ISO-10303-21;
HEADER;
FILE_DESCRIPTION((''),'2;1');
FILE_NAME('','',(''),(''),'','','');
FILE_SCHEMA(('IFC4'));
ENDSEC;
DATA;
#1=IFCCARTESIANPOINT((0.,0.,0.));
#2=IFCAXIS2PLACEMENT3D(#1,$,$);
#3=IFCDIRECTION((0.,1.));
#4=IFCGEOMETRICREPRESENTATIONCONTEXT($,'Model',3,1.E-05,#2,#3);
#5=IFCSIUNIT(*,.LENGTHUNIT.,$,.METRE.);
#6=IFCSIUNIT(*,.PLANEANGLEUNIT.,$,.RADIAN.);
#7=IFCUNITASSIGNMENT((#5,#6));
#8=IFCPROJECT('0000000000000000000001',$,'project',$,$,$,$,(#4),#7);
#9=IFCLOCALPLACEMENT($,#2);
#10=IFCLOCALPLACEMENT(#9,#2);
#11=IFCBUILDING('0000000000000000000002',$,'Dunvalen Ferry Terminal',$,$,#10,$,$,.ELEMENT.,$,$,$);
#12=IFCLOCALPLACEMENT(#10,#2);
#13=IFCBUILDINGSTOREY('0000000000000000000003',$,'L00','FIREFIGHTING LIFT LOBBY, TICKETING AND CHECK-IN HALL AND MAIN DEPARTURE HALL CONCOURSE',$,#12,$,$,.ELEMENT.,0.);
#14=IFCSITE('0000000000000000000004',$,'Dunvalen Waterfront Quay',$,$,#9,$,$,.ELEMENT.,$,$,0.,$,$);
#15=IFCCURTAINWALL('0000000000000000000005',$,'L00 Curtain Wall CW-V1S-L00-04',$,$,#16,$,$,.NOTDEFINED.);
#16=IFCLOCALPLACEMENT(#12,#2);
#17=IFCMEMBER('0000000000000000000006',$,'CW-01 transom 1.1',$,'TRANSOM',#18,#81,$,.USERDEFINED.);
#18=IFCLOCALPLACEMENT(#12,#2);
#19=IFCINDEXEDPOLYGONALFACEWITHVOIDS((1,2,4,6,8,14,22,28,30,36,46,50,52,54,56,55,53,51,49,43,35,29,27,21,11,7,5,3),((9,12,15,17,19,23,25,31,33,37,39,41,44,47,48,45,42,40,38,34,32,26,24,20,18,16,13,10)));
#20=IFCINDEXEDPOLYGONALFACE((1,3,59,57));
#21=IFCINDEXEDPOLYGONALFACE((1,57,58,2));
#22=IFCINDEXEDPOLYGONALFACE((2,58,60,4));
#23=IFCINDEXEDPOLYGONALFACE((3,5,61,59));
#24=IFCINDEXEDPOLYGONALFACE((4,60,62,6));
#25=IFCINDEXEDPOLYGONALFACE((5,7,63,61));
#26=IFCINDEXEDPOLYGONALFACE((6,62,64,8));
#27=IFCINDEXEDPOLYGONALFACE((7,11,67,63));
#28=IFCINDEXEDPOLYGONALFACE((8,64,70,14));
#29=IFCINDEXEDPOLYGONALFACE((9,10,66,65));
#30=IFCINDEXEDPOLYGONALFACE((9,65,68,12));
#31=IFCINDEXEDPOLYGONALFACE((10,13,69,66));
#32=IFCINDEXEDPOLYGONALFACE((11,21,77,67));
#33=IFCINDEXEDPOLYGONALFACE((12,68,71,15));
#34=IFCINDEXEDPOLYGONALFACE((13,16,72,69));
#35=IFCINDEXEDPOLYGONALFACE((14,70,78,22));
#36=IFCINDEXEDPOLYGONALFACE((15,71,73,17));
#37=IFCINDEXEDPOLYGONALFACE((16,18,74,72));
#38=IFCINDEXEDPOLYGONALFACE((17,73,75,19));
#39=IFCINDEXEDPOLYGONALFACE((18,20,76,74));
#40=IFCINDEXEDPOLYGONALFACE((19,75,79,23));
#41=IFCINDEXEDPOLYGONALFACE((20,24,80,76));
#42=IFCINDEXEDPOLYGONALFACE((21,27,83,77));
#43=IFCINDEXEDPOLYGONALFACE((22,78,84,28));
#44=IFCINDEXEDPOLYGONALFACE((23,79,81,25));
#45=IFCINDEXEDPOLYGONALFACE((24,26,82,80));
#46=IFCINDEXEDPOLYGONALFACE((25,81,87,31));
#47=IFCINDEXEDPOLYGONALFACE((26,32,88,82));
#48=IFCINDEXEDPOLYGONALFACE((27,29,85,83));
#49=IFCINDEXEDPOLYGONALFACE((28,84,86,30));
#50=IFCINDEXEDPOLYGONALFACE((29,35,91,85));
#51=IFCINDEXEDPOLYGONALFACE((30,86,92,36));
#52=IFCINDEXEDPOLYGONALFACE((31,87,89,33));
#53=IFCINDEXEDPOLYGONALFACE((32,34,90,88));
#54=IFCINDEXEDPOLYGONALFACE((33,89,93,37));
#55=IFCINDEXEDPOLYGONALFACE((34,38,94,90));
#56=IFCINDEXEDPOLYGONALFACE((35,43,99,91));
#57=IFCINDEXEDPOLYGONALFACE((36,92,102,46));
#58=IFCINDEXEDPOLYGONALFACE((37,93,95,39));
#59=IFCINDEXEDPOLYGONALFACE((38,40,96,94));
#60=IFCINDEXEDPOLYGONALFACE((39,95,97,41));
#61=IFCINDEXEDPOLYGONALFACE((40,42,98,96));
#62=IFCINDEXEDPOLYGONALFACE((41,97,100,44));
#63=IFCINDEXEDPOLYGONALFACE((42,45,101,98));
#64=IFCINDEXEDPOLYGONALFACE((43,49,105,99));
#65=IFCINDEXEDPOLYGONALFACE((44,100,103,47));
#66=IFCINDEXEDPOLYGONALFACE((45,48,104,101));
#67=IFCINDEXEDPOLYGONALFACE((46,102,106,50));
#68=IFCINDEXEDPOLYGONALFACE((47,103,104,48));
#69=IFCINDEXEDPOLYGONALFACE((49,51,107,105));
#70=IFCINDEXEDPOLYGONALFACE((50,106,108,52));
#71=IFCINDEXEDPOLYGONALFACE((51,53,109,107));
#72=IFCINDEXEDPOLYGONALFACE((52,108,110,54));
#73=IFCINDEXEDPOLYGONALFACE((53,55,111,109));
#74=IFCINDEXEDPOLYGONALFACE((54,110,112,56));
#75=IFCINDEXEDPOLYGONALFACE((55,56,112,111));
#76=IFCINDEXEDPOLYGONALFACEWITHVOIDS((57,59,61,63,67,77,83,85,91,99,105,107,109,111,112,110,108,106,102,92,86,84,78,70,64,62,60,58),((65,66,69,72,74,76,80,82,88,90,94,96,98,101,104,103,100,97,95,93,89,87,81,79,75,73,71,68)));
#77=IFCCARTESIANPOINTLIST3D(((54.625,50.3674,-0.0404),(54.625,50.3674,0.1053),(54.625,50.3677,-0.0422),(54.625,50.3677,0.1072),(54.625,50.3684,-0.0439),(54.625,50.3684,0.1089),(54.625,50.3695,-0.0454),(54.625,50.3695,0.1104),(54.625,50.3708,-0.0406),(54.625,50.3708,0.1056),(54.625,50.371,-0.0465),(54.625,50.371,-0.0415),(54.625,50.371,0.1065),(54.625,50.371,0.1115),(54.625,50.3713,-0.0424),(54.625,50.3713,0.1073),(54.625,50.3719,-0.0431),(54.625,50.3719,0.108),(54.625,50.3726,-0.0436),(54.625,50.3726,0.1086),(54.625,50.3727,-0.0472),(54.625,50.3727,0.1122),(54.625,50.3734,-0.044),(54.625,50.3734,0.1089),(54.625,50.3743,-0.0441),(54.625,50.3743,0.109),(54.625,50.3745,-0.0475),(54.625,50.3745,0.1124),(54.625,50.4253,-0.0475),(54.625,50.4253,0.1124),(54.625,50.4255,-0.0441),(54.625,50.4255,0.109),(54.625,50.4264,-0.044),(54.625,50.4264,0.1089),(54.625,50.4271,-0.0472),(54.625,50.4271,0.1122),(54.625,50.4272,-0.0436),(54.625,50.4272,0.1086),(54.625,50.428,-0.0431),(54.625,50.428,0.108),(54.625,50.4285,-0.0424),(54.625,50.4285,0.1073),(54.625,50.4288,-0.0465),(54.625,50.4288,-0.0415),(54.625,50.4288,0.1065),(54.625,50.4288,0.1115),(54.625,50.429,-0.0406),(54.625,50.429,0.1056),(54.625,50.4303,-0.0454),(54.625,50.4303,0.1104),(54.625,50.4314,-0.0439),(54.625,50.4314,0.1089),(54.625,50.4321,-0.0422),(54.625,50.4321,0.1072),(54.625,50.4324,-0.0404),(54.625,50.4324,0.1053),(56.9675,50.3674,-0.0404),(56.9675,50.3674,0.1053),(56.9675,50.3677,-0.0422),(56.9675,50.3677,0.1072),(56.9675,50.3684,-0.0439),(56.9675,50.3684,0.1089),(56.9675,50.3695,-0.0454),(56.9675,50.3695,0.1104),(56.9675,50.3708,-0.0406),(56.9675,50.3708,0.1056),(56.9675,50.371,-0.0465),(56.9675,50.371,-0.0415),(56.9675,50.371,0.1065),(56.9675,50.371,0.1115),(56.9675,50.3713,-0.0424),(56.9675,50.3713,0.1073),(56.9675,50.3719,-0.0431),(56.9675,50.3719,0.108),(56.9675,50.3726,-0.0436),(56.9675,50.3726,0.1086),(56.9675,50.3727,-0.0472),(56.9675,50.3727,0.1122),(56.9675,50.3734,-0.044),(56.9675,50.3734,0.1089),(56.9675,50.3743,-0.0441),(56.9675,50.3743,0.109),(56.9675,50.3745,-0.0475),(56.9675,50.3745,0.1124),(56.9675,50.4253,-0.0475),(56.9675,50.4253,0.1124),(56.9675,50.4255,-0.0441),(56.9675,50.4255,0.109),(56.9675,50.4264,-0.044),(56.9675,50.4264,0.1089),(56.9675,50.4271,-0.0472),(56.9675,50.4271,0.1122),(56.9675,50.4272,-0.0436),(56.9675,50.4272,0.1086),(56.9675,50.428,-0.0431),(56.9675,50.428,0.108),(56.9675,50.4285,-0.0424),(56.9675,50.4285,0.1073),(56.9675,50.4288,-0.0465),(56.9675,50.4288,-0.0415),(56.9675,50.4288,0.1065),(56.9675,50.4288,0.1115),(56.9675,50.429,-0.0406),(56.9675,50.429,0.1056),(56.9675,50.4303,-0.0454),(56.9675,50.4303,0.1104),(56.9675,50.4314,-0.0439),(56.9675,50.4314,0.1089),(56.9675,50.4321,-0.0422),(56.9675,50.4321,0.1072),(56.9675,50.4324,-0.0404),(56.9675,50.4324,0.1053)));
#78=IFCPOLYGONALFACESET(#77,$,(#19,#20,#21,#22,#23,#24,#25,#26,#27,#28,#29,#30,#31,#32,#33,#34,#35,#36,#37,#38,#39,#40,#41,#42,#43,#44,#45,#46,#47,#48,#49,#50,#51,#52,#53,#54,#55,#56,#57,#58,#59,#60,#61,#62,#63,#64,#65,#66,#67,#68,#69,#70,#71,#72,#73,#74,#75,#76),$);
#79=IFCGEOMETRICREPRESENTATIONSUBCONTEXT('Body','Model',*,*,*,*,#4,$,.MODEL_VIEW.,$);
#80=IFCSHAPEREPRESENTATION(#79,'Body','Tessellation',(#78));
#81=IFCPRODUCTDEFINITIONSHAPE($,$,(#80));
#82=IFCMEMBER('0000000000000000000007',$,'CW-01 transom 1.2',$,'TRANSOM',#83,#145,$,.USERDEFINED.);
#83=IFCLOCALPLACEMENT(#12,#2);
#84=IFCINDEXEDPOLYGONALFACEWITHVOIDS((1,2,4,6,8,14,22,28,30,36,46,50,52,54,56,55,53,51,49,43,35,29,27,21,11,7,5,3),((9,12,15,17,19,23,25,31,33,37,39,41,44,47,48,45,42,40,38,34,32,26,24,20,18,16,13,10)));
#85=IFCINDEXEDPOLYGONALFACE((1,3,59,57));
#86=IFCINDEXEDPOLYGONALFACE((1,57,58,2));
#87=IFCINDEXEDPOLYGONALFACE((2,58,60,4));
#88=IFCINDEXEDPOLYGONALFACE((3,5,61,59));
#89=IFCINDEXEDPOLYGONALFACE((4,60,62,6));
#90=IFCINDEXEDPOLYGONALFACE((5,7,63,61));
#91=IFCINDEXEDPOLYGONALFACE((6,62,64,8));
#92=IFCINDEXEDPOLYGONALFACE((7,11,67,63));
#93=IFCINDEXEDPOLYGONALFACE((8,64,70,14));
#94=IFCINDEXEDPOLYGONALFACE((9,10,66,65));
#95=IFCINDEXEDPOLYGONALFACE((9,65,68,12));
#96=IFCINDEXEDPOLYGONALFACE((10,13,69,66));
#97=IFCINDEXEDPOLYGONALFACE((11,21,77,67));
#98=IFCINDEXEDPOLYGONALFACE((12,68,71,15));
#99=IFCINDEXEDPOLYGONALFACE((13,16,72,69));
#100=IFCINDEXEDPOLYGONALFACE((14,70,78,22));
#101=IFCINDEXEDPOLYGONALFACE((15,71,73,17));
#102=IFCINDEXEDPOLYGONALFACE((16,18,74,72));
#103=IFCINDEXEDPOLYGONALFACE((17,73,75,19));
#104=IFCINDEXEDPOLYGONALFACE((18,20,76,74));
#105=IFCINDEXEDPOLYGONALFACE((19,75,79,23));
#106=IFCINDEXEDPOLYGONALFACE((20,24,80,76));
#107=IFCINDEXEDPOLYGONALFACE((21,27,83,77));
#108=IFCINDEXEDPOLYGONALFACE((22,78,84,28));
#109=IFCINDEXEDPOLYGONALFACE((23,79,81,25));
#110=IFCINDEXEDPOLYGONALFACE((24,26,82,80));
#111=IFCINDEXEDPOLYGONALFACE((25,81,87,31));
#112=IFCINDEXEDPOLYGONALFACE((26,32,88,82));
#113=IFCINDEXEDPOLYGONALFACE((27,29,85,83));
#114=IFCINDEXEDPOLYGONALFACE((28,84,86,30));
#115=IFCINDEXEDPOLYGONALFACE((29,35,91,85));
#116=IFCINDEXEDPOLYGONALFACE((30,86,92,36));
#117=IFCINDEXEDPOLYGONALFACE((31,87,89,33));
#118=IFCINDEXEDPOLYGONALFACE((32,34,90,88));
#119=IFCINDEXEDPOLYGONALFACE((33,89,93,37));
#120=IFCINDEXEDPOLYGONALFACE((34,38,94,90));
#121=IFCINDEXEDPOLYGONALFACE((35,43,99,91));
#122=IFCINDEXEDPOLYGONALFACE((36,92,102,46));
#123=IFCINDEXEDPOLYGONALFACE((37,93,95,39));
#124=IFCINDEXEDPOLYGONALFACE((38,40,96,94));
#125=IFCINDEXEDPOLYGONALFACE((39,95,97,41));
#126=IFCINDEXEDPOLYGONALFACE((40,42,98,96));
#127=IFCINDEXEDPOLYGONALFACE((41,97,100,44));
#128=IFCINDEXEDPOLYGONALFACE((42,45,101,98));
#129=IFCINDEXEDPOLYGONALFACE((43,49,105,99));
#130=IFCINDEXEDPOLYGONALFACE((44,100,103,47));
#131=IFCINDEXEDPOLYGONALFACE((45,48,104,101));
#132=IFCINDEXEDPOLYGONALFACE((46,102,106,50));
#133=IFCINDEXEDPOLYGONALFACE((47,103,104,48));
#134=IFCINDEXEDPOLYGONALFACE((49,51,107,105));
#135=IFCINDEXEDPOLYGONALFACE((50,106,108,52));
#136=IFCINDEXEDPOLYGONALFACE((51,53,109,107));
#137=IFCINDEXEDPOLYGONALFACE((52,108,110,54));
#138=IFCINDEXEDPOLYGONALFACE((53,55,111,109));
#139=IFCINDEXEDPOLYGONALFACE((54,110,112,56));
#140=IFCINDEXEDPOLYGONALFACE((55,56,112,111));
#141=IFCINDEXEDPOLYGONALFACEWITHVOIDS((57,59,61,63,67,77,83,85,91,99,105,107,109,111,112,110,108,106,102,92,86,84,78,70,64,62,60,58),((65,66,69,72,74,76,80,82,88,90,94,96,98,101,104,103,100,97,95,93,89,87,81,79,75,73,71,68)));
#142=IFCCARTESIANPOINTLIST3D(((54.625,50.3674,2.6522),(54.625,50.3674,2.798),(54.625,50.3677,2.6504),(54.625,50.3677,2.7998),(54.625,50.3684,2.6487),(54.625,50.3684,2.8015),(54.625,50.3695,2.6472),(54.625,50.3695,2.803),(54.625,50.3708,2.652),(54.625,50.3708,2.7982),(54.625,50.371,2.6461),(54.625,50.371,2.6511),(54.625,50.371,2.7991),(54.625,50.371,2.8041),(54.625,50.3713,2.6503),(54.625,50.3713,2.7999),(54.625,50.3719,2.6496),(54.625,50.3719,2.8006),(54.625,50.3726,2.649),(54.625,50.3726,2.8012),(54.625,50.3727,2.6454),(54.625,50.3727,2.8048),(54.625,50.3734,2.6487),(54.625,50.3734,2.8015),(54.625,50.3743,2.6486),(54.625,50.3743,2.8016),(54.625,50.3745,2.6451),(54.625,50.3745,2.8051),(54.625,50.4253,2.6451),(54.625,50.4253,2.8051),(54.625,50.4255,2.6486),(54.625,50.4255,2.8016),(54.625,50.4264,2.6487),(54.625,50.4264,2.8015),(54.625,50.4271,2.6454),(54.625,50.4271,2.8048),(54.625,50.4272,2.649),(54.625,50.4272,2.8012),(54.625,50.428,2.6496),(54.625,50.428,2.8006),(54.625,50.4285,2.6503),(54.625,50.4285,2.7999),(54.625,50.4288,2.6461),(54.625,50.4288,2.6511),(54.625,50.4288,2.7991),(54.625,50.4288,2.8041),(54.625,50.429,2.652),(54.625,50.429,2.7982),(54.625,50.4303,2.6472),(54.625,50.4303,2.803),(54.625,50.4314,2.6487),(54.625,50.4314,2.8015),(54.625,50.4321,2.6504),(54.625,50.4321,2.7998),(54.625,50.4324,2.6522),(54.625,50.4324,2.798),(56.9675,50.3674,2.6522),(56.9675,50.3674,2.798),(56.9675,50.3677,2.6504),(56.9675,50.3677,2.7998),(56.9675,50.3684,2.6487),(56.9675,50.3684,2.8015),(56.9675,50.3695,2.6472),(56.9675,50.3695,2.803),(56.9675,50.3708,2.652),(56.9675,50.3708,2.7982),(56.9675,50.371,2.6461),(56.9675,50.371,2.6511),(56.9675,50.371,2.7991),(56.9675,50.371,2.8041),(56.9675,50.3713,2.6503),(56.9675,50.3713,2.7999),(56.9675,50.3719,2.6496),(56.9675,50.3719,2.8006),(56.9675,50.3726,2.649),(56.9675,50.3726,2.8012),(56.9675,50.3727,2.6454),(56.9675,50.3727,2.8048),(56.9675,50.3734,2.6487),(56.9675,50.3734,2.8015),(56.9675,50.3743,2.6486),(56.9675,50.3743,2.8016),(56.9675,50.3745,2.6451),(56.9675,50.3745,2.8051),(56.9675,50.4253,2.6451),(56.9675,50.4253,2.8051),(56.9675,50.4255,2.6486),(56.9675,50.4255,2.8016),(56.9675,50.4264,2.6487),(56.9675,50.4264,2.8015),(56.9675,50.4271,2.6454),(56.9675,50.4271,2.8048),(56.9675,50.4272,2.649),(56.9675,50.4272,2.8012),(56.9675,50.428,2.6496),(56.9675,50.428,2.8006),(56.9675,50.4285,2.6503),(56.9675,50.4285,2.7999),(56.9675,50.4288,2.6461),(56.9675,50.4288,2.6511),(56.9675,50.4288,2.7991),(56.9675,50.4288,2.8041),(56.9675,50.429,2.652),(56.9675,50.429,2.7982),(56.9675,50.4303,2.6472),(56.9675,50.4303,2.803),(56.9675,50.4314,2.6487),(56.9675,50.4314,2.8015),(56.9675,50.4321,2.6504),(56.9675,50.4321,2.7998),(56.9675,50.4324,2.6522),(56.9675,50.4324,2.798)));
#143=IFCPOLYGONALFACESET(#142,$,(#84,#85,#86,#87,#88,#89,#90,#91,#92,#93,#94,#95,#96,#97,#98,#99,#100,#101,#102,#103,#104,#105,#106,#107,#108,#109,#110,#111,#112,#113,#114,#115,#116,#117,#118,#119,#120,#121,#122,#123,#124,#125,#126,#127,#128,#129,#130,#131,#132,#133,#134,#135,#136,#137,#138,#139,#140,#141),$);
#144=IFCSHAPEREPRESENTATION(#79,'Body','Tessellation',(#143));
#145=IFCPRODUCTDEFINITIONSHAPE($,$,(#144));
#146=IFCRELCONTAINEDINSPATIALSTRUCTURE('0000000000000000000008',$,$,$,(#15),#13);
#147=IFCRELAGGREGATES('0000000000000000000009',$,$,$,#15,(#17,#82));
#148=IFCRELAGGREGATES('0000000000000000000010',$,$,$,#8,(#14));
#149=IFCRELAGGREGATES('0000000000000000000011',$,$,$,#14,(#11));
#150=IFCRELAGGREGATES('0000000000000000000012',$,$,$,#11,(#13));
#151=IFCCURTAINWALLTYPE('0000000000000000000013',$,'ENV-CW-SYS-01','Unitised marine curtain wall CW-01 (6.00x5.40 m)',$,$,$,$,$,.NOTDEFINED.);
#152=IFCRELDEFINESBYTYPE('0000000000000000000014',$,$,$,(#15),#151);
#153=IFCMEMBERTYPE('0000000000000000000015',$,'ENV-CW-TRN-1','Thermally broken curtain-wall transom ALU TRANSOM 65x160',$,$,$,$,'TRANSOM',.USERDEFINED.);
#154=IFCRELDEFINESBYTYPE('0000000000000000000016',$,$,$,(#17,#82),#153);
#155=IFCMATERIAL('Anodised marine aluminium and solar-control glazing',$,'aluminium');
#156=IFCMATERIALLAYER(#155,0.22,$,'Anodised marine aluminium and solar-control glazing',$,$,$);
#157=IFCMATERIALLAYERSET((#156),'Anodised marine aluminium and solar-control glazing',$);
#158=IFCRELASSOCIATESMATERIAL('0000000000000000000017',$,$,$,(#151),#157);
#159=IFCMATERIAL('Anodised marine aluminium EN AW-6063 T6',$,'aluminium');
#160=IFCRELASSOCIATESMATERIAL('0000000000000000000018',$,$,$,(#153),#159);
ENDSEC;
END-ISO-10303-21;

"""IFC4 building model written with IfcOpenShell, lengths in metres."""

from ifc_helpers import new_model, si_unit, direction, frame, origin, origin_2d, place, context, subcontext, project, spatial, hollow_rectangle, extrude, material, layer, layer_set, material_profile, profile_set, type_object, element, aggregate, save


model = new_model("IFC4")

# Units and contexts
model_context = context("Model", 3, precision=1e-05, world=origin(), true_north=direction((0.0, 1.0)))
body_context = subcontext(model_context, "Body", "Model", "MODEL_VIEW")
ifc_project = project(units=[si_unit("LENGTHUNIT", "METRE"), si_unit("PLANEANGLEUNIT", "RADIAN")], contexts=[model_context])

# Site, building, storey
site_placement = place(None, origin())
site = spatial("IfcSite", under=ifc_project, at=site_placement, Name="Dunvalen Waterfront Quay", CompositionType="ELEMENT", RefElevation=0.0)
building_placement = place(site_placement, origin())
building = spatial("IfcBuilding", under=site, at=building_placement, Name="Dunvalen Ferry Terminal", CompositionType="ELEMENT")
storey_placement = place(building_placement, origin())
storey = spatial("IfcBuildingStorey", under=building, at=storey_placement, Name="L00", Description="FIREFIGHTING LIFT LOBBY, TICKETING AND CHECK-IN HALL AND MAIN DEPARTURE HALL CONCOURSE", CompositionType="ELEMENT", Elevation=0.0)

# Curtain wall, members
ifc_material_1 = material(Name="Anodised marine aluminium and solar-control glazing", Category="aluminium")
ifc_layer_1 = layer(ifc_material_1, 0.22, Name="Anodised marine aluminium and solar-control glazing")
ifc_layer_set_1 = layer_set([ifc_layer_1], Name="Anodised marine aluminium and solar-control glazing")
curtain_wall_type = type_object("IfcCurtainWallType", Name="ENV-CW-SYS-01", Description="Unitised marine curtain wall CW-01 (6.00x5.40 m)", PredefinedType="NOTDEFINED", material=ifc_layer_set_1)
curtain_wall_placement = place(storey_placement, origin())
curtain_wall = element("IfcCurtainWall", 1, at=curtain_wall_placement, inside=storey, type_object=curtain_wall_type, Name="L00 Curtain Wall CW-V1S-L00-04", PredefinedType="NOTDEFINED")
ifc_material_2 = material(Name="Anodised marine aluminium EN AW-6063 T6", Category="aluminium")
ifc_material_profile_1 = material_profile(ifc_material_2, hollow_rectangle(XDim=0.0649, YDim=0.1599, WallThickness=0.0034, InnerFilletRadius=0.0034, OuterFilletRadius=0.0071, at=origin_2d()), Name="Anodised marine aluminium EN AW-6063 T6")
ifc_profile_set_1 = profile_set([ifc_material_profile_1], Name="Anodised marine aluminium EN AW-6063 T6")
member_type_1 = type_object("IfcMemberType", Name="ENV-CW-TRN-1", Description="Thermally broken curtain-wall transom ALU TRANSOM 65x160", ElementType="TRANSOM", PredefinedType="USERDEFINED", material=ifc_profile_set_1)
member_1_placement = place(storey_placement, frame((54.625, 50.3999, 0.0325), z_axis=(1.0, 0.0, 0.0), x_axis=(0.0, 1.0, 0.0)))
member_1 = element("IfcMember", 2, at=member_1_placement, type_object=member_type_1, Name="CW-01 transom 1.1", ObjectType="TRANSOM", PredefinedType="USERDEFINED", context=body_context, shape_type="SweptSolid", body=[
    extrude(hollow_rectangle(XDim=0.0649, YDim=0.1599, WallThickness=0.0034, InnerFilletRadius=0.0034, OuterFilletRadius=0.0071, at=origin_2d()), origin(), (0.0, 0.0, 1.0), 2.3425),
])
member_2_placement = place(storey_placement, frame((54.625, 50.3999, 2.7251), z_axis=(1.0, 0.0, 0.0), x_axis=(0.0, 1.0, 0.0)))
member_2 = element("IfcMember", 3, at=member_2_placement, type_object=member_type_1, Name="CW-01 transom 1.2", ObjectType="TRANSOM", PredefinedType="USERDEFINED", context=body_context, shape_type="SweptSolid", body=[
    extrude(hollow_rectangle(XDim=0.0649, YDim=0.1599, WallThickness=0.0034, InnerFilletRadius=0.0034, OuterFilletRadius=0.0071, at=origin_2d()), origin(), (0.0, 0.0, 1.0), 2.3425),
])
aggregate(curtain_wall, [member_1, member_2])

save(model, "model.ifc")
